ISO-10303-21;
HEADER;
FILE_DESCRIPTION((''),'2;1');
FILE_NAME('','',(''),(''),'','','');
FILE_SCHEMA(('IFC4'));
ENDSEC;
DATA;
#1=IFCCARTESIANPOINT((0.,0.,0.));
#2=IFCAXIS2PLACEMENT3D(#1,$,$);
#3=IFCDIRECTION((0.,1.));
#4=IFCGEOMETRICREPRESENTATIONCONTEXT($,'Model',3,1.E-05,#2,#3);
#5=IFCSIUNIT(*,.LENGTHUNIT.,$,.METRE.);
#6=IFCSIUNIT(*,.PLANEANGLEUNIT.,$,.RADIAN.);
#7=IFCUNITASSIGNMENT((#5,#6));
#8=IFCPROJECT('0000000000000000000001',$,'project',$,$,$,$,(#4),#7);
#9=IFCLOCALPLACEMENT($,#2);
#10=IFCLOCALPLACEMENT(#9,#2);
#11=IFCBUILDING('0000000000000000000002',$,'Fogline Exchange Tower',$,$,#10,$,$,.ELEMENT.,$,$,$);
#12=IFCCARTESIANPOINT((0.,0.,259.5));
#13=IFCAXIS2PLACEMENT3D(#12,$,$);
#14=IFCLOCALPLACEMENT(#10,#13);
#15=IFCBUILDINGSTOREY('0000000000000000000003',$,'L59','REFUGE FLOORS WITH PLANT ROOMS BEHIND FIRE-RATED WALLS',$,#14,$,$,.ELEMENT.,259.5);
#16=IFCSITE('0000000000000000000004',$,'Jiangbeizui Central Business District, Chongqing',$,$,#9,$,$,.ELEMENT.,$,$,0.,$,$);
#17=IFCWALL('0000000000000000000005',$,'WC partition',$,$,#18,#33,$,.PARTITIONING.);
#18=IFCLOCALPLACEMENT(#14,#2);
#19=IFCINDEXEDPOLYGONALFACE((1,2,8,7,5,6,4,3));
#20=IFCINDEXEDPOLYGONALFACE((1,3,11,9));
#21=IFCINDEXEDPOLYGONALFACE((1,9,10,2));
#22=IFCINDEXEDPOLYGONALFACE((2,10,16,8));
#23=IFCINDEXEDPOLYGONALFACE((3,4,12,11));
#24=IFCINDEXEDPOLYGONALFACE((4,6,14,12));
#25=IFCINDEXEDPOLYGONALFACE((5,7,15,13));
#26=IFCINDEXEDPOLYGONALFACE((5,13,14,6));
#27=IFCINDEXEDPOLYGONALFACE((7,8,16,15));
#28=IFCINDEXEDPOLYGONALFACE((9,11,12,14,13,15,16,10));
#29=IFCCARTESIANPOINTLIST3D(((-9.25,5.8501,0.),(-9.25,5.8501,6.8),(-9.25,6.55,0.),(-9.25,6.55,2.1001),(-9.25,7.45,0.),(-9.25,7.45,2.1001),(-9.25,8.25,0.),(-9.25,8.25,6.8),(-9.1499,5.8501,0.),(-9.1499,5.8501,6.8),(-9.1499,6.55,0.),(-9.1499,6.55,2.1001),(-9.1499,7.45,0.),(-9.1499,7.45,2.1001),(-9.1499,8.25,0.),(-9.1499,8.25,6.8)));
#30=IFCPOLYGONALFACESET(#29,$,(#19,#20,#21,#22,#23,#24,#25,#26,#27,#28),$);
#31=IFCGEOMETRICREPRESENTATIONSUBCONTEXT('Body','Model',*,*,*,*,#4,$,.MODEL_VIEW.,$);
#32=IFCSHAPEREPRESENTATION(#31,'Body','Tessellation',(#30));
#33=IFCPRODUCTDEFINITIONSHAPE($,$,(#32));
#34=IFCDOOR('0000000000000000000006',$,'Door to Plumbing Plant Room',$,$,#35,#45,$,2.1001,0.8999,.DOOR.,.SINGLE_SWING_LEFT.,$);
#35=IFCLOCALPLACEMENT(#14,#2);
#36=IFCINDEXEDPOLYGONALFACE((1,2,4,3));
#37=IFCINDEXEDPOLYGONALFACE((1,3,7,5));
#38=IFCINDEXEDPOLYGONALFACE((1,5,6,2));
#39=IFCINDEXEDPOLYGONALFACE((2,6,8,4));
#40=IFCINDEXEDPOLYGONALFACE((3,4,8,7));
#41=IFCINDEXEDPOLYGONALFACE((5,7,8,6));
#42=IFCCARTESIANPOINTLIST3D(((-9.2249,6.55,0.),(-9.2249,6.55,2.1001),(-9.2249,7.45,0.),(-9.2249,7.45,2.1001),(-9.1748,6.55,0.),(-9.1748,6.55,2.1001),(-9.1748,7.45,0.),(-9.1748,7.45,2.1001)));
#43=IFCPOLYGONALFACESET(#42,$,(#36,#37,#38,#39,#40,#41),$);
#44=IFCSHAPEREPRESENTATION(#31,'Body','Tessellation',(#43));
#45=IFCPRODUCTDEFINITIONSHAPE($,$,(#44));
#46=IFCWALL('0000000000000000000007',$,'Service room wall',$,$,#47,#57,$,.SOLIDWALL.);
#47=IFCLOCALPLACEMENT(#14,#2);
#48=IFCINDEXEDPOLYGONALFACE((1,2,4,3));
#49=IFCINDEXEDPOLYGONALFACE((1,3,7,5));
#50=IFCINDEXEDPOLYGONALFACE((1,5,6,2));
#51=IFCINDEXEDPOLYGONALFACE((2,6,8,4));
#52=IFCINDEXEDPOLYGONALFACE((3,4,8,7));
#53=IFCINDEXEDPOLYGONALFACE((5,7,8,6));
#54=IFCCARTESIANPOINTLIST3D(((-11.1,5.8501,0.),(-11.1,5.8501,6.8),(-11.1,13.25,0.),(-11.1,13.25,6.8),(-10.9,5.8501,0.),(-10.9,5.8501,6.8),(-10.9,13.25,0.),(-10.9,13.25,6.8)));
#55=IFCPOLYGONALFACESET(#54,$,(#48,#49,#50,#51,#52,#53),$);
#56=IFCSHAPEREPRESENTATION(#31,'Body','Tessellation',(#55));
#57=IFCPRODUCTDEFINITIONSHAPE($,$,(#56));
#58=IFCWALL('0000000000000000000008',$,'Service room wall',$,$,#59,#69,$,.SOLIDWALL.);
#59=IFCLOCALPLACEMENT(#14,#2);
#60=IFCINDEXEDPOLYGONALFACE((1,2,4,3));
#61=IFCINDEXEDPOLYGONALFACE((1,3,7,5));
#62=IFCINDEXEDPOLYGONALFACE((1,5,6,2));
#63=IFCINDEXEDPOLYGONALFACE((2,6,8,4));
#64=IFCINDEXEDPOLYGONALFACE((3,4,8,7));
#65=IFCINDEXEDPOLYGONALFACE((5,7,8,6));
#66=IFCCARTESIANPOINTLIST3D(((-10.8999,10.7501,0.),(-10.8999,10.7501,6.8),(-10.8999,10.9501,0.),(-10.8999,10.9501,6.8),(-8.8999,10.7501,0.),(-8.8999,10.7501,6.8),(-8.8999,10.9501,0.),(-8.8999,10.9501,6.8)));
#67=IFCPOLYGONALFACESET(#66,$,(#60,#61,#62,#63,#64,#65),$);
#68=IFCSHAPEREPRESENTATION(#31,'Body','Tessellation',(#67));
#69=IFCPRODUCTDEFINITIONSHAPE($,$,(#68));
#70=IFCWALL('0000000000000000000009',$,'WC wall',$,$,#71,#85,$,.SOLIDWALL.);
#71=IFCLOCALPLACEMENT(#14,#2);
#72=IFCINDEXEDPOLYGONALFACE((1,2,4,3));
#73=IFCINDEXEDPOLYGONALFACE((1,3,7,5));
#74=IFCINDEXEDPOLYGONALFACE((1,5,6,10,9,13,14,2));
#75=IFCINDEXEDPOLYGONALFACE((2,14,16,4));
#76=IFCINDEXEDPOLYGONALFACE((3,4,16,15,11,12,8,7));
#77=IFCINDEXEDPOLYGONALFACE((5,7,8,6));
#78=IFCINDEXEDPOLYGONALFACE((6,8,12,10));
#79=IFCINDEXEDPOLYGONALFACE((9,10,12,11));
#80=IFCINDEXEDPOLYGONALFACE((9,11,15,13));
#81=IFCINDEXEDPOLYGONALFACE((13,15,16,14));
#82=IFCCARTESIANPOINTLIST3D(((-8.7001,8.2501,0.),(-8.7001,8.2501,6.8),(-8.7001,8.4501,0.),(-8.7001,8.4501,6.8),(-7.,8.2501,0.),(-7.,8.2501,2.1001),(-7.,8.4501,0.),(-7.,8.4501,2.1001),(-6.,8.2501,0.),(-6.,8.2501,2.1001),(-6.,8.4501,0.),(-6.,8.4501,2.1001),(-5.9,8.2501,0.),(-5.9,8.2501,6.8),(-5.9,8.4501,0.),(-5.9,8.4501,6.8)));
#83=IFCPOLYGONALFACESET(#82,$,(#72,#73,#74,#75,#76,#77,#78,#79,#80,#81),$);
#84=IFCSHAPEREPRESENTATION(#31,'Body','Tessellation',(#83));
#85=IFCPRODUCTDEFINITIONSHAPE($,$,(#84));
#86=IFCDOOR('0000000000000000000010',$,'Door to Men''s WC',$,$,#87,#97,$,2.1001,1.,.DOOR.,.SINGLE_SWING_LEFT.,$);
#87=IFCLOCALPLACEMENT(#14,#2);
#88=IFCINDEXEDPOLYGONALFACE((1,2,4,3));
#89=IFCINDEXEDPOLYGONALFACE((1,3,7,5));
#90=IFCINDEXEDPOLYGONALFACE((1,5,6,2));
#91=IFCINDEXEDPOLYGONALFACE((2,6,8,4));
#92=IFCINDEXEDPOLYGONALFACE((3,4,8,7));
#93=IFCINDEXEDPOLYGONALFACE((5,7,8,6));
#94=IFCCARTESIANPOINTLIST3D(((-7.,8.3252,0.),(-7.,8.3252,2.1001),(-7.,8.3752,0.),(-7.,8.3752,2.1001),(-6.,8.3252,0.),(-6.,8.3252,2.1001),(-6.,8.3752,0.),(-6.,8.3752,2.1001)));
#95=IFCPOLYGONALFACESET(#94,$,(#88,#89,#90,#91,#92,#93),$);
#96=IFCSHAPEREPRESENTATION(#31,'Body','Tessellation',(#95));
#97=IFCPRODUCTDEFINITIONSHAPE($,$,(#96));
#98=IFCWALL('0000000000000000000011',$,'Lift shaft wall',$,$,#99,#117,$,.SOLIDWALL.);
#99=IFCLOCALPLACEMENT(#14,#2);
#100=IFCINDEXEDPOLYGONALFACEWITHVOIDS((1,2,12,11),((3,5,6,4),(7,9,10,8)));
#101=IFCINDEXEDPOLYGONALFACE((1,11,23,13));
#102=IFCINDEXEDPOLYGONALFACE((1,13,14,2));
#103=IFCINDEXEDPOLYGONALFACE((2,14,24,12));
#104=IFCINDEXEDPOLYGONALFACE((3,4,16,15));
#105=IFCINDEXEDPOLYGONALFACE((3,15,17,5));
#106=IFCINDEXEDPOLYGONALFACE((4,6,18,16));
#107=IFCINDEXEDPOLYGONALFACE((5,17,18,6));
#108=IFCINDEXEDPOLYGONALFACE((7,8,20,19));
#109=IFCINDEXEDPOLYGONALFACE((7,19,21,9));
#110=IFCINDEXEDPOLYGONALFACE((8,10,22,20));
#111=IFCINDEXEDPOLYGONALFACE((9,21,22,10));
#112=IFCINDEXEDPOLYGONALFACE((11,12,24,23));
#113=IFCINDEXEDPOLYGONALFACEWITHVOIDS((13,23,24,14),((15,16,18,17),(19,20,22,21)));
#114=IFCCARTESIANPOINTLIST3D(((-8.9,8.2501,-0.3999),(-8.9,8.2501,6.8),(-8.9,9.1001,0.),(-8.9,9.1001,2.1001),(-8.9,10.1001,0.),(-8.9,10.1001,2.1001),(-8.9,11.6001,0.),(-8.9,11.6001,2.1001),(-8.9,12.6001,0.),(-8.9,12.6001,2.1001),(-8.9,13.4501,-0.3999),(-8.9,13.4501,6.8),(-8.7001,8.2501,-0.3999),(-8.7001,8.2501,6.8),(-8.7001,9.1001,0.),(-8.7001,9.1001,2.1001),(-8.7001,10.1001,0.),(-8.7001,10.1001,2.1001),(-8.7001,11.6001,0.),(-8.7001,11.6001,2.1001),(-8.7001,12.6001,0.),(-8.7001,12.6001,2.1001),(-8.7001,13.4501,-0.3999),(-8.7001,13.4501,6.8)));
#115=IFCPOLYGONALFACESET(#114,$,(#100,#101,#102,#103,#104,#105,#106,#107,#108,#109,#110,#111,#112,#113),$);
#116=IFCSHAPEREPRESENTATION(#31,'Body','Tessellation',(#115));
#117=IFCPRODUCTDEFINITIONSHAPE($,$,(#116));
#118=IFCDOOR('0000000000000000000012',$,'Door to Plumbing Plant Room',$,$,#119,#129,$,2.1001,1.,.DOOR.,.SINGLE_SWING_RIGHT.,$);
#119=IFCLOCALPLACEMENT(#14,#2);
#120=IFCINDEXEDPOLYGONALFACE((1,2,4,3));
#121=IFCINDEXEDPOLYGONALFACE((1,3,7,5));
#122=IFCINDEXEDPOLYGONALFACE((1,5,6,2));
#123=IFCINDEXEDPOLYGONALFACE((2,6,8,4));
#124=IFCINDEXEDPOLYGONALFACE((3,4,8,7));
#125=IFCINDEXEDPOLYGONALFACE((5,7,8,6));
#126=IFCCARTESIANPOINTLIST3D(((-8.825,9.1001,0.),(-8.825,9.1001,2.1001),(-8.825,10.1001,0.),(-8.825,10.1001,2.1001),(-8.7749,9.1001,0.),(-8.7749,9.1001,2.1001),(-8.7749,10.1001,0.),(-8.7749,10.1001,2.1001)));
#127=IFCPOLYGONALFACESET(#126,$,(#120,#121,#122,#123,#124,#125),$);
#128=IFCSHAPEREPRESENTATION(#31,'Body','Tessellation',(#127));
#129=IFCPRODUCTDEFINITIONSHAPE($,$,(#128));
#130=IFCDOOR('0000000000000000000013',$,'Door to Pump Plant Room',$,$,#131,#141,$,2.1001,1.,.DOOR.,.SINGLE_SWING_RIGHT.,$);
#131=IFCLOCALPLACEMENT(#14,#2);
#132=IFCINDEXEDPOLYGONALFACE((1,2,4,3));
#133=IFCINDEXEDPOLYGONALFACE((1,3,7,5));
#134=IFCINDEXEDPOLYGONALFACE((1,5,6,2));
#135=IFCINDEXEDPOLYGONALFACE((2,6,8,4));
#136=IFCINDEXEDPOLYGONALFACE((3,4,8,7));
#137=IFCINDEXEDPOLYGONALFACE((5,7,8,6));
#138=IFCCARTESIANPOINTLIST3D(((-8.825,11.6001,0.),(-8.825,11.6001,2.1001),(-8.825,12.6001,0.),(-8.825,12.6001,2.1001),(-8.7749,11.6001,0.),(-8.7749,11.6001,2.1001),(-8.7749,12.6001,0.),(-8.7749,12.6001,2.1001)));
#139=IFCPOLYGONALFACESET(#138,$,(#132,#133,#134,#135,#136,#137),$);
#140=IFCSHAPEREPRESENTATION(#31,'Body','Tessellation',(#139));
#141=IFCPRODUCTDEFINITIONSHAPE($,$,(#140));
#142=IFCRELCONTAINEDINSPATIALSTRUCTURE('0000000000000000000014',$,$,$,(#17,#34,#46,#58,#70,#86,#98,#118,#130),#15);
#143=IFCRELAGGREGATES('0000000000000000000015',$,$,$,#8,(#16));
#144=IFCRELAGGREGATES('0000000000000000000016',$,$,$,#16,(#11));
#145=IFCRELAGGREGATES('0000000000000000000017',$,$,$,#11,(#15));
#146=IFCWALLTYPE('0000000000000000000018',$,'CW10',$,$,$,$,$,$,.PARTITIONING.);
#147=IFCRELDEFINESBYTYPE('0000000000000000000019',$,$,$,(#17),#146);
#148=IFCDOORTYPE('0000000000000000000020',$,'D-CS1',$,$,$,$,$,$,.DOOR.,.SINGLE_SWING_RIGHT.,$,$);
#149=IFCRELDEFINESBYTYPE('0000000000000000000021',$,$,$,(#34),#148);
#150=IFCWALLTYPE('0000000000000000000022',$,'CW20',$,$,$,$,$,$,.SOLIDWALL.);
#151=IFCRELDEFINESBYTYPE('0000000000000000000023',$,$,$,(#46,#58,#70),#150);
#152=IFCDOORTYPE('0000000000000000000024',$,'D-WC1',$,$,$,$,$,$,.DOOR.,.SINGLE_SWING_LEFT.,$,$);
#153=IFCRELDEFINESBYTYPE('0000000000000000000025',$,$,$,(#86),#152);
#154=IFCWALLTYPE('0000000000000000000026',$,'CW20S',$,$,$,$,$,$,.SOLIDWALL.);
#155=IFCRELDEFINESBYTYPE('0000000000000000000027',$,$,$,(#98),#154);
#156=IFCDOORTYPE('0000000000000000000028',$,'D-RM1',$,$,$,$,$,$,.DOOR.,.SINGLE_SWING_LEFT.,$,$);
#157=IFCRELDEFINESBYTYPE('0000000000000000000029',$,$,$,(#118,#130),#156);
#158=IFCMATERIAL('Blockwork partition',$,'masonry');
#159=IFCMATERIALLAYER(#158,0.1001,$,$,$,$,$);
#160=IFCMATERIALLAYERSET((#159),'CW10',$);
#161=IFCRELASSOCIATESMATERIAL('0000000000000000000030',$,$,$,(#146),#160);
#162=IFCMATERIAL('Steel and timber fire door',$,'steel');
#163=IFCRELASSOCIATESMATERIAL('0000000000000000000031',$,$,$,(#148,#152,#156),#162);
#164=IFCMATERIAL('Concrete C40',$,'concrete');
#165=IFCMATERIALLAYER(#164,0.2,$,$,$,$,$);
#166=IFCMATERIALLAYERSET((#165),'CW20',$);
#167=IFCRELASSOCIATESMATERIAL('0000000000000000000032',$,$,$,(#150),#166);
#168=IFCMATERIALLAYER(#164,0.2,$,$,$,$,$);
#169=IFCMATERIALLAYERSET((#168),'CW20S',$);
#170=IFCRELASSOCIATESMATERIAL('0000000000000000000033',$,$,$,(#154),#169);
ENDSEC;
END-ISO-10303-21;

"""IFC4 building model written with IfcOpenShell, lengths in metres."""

from ifc_helpers import new_model, si_unit, direction, frame, frame_2d, origin, place, context, subcontext, project, spatial, rectangle, extrude, material, layer, layer_set, type_object, element, fill, save


model = new_model("IFC4")

# Units and contexts
model_context = context("Model", 3, precision=1e-05, world=origin(), true_north=direction((0.0, 1.0)))
body_context = subcontext(model_context, "Body", "Model", "MODEL_VIEW")
ifc_project = project(units=[si_unit("LENGTHUNIT", "METRE"), si_unit("PLANEANGLEUNIT", "RADIAN")], contexts=[model_context])

# Site, building, storey
site_placement = place(None, origin())
site = spatial("IfcSite", under=ifc_project, at=site_placement, Name="Jiangbeizui Central Business District, Chongqing", CompositionType="ELEMENT", RefElevation=0.0)
building_placement = place(site_placement, origin())
building = spatial("IfcBuilding", under=site, at=building_placement, Name="Fogline Exchange Tower", CompositionType="ELEMENT")
storey_placement = place(building_placement, frame((0.0, 0.0, 259.5)))
storey = spatial("IfcBuildingStorey", under=building, at=storey_placement, Name="L59", Description="REFUGE FLOORS WITH PLANT ROOMS BEHIND FIRE-RATED WALLS", CompositionType="ELEMENT", Elevation=259.5)

# Wall, opening, door
ifc_material_1 = material(Name="Blockwork partition", Category="masonry")
ifc_layer_1 = layer(ifc_material_1, 0.1001)
ifc_layer_set_1 = layer_set([ifc_layer_1], Name="CW10")
wall_type_1 = type_object("IfcWallType", Name="CW10", PredefinedType="PARTITIONING", material=ifc_layer_set_1)
wall_1_placement = place(storey_placement, frame((-9.2, 5.8501, 0.0), z_axis=(0.0, 0.0, 1.0), x_axis=(0.0, 1.0, 0.0)))
wall_1 = element("IfcWall", 1, at=wall_1_placement, inside=storey, type_object=wall_type_1, Name="WC partition", PredefinedType="PARTITIONING", context=body_context, shape_type="SweptSolid", body=[
    extrude(rectangle(XDim=2.3999, YDim=0.1001, at=frame_2d((1.2, 0.0))), origin(), (0.0, 0.0, 1.0), 6.8),
])
opening_1_placement = place(wall_1_placement, frame((0.7, 0.0, 0.0)))
opening_1 = element("IfcOpeningElement", 2, at=opening_1_placement, cuts=wall_1, PredefinedType="OPENING", context=body_context, shape_type="SweptSolid", body=[
    extrude(rectangle(XDim=0.8999, YDim=2.1001, at=frame_2d((0.45, 1.05))), frame((0.0, 0.0601, 0.0), z_axis=(0.0, -1.0, 0.0), x_axis=(1.0, 0.0, 0.0)), (0.0, 0.0, 1.0), 0.1201),
])
ifc_material_2 = material(Name="Steel and timber fire door", Category="steel")
door_type_1 = type_object("IfcDoorType", Name="D-CS1", OperationType="SINGLE_SWING_RIGHT", PredefinedType="DOOR", material=ifc_material_2)
door_1_placement = place(opening_1_placement, origin())
door_1 = element("IfcDoor", 3, at=door_1_placement, inside=storey, type_object=door_type_1, Name="Door to Plumbing Plant Room", OperationType="SINGLE_SWING_LEFT", OverallHeight=2.1001, OverallWidth=0.8999, PredefinedType="DOOR", context=body_context, shape_type="SweptSolid", body=[
    extrude(rectangle(XDim=0.8999, YDim=2.1001, at=frame_2d((0.45, 1.05))), frame((0.0, 0.0249, 0.0), z_axis=(0.0, -1.0, 0.0), x_axis=(1.0, 0.0, 0.0)), (0.0, 0.0, 1.0), 0.05),
])
fill(opening_1, door_1)

# Walls
ifc_material_3 = material(Name="Concrete C40", Category="concrete")
ifc_layer_2 = layer(ifc_material_3, 0.2)
ifc_layer_set_2 = layer_set([ifc_layer_2], Name="CW20")
wall_type_2 = type_object("IfcWallType", Name="CW20", PredefinedType="SOLIDWALL", material=ifc_layer_set_2)
wall_2_placement = place(storey_placement, frame((-11.0, 5.8501, 0.0), z_axis=(0.0, 0.0, 1.0), x_axis=(0.0, 1.0, 0.0)))
element("IfcWall", 4, at=wall_2_placement, inside=storey, type_object=wall_type_2, Name="Service room wall", PredefinedType="SOLIDWALL", context=body_context, shape_type="SweptSolid", body=[
    extrude(rectangle(XDim=7.3999, YDim=0.2, at=frame_2d((3.7, 0.0))), origin(), (0.0, 0.0, 1.0), 6.8),
])
wall_3_placement = place(storey_placement, frame((-10.8999, 10.8501, 0.0), z_axis=(0.0, 0.0, 1.0), x_axis=(1.0, 0.0, 0.0)))
element("IfcWall", 5, at=wall_3_placement, inside=storey, type_object=wall_type_2, Name="Service room wall", PredefinedType="SOLIDWALL", context=body_context, shape_type="SweptSolid", body=[
    extrude(rectangle(XDim=2.0, YDim=0.2, at=frame_2d((1.0, 0.0))), origin(), (0.0, 0.0, 1.0), 6.8),
])

# Wall, opening, door
wall_4_placement = place(storey_placement, frame((-8.7, 8.3501, 0.0), z_axis=(0.0, 0.0, 1.0), x_axis=(1.0, 0.0, 0.0)))
wall_4 = element("IfcWall", 6, at=wall_4_placement, inside=storey, type_object=wall_type_2, Name="WC wall", PredefinedType="SOLIDWALL", context=body_context, shape_type="SweptSolid", body=[
    extrude(rectangle(XDim=2.8, YDim=0.2, at=frame_2d((1.3999, 0.0))), origin(), (0.0, 0.0, 1.0), 6.8),
])
opening_2_placement = place(wall_4_placement, frame((1.7, 0.0, 0.0)))
opening_2 = element("IfcOpeningElement", 7, at=opening_2_placement, cuts=wall_4, PredefinedType="OPENING", context=body_context, shape_type="SweptSolid", body=[
    extrude(rectangle(XDim=1.0, YDim=2.1001, at=frame_2d((0.5, 1.05))), frame((0.0, 0.1099, 0.0), z_axis=(0.0, -1.0, 0.0), x_axis=(1.0, 0.0, 0.0)), (0.0, 0.0, 1.0), 0.22),
])
door_type_2 = type_object("IfcDoorType", Name="D-WC1", OperationType="SINGLE_SWING_LEFT", PredefinedType="DOOR", material=ifc_material_2)
door_2_placement = place(opening_2_placement, frame((1.0, 0.0, 0.0), z_axis=(0.0, 0.0, 1.0), x_axis=(-1.0, 0.0, 0.0)))
door_2 = element("IfcDoor", 8, at=door_2_placement, inside=storey, type_object=door_type_2, Name="Door to Men's WC", OperationType="SINGLE_SWING_LEFT", OverallHeight=2.1001, OverallWidth=1.0, PredefinedType="DOOR", context=body_context, shape_type="SweptSolid", body=[
    extrude(rectangle(XDim=1.0, YDim=2.1001, at=frame_2d((0.5, 1.05))), frame((0.0, 0.0249, 0.0), z_axis=(0.0, -1.0, 0.0), x_axis=(1.0, 0.0, 0.0)), (0.0, 0.0, 1.0), 0.05),
])
fill(opening_2, door_2)

# Wall, openings, doors
ifc_layer_3 = layer(ifc_material_3, 0.2)
ifc_layer_set_3 = layer_set([ifc_layer_3], Name="CW20S")
wall_type_3 = type_object("IfcWallType", Name="CW20S", PredefinedType="SOLIDWALL", material=ifc_layer_set_3)
wall_5_placement = place(storey_placement, frame((-8.8, 8.25, -0.3999), z_axis=(0.0, 0.0, 1.0), x_axis=(0.0, 1.0, 0.0)))
wall_5 = element("IfcWall", 9, at=wall_5_placement, inside=storey, type_object=wall_type_3, Name="Lift shaft wall", PredefinedType="SOLIDWALL", context=body_context, shape_type="SweptSolid", body=[
    extrude(rectangle(XDim=5.2, YDim=0.2, at=frame_2d((2.6001, 0.0))), origin(), (0.0, 0.0, 1.0), 7.2),
])
opening_3_placement = place(wall_5_placement, frame((0.8501, 0.0, 0.3999)))
opening_3 = element("IfcOpeningElement", 10, at=opening_3_placement, cuts=wall_5, PredefinedType="OPENING", context=body_context, shape_type="SweptSolid", body=[
    extrude(rectangle(XDim=1.0, YDim=2.1001, at=frame_2d((0.5, 1.05))), frame((0.0, 0.1099, 0.0), z_axis=(0.0, -1.0, 0.0), x_axis=(1.0, 0.0, 0.0)), (0.0, 0.0, 1.0), 0.22),
])
opening_4_placement = place(wall_5_placement, frame((3.3501, 0.0, 0.3999)))
opening_4 = element("IfcOpeningElement", 11, at=opening_4_placement, cuts=wall_5, PredefinedType="OPENING", context=body_context, shape_type="SweptSolid", body=[
    extrude(rectangle(XDim=1.0, YDim=2.1001, at=frame_2d((0.5, 1.05))), frame((0.0, 0.1099, 0.0), z_axis=(0.0, -1.0, 0.0), x_axis=(1.0, 0.0, 0.0)), (0.0, 0.0, 1.0), 0.22),
])
door_type_3 = type_object("IfcDoorType", Name="D-RM1", OperationType="SINGLE_SWING_LEFT", PredefinedType="DOOR", material=ifc_material_2)
door_3_placement = place(opening_3_placement, origin())
door_3 = element("IfcDoor", 12, at=door_3_placement, inside=storey, type_object=door_type_3, Name="Door to Plumbing Plant Room", OperationType="SINGLE_SWING_RIGHT", OverallHeight=2.1001, OverallWidth=1.0, PredefinedType="DOOR", context=body_context, shape_type="SweptSolid", body=[
    extrude(rectangle(XDim=1.0, YDim=2.1001, at=frame_2d((0.5, 1.05))), frame((0.0, 0.0249, 0.0), z_axis=(0.0, -1.0, 0.0), x_axis=(1.0, 0.0, 0.0)), (0.0, 0.0, 1.0), 0.05),
])
fill(opening_3, door_3)
door_4_placement = place(opening_4_placement, origin())
door_4 = element("IfcDoor", 13, at=door_4_placement, inside=storey, type_object=door_type_3, Name="Door to Pump Plant Room", OperationType="SINGLE_SWING_RIGHT", OverallHeight=2.1001, OverallWidth=1.0, PredefinedType="DOOR", context=body_context, shape_type="SweptSolid", body=[
    extrude(rectangle(XDim=1.0, YDim=2.1001, at=frame_2d((0.5, 1.05))), frame((0.0, 0.0249, 0.0), z_axis=(0.0, -1.0, 0.0), x_axis=(1.0, 0.0, 0.0)), (0.0, 0.0, 1.0), 0.05),
])
fill(opening_4, door_4)

save(model, "model.ifc")
